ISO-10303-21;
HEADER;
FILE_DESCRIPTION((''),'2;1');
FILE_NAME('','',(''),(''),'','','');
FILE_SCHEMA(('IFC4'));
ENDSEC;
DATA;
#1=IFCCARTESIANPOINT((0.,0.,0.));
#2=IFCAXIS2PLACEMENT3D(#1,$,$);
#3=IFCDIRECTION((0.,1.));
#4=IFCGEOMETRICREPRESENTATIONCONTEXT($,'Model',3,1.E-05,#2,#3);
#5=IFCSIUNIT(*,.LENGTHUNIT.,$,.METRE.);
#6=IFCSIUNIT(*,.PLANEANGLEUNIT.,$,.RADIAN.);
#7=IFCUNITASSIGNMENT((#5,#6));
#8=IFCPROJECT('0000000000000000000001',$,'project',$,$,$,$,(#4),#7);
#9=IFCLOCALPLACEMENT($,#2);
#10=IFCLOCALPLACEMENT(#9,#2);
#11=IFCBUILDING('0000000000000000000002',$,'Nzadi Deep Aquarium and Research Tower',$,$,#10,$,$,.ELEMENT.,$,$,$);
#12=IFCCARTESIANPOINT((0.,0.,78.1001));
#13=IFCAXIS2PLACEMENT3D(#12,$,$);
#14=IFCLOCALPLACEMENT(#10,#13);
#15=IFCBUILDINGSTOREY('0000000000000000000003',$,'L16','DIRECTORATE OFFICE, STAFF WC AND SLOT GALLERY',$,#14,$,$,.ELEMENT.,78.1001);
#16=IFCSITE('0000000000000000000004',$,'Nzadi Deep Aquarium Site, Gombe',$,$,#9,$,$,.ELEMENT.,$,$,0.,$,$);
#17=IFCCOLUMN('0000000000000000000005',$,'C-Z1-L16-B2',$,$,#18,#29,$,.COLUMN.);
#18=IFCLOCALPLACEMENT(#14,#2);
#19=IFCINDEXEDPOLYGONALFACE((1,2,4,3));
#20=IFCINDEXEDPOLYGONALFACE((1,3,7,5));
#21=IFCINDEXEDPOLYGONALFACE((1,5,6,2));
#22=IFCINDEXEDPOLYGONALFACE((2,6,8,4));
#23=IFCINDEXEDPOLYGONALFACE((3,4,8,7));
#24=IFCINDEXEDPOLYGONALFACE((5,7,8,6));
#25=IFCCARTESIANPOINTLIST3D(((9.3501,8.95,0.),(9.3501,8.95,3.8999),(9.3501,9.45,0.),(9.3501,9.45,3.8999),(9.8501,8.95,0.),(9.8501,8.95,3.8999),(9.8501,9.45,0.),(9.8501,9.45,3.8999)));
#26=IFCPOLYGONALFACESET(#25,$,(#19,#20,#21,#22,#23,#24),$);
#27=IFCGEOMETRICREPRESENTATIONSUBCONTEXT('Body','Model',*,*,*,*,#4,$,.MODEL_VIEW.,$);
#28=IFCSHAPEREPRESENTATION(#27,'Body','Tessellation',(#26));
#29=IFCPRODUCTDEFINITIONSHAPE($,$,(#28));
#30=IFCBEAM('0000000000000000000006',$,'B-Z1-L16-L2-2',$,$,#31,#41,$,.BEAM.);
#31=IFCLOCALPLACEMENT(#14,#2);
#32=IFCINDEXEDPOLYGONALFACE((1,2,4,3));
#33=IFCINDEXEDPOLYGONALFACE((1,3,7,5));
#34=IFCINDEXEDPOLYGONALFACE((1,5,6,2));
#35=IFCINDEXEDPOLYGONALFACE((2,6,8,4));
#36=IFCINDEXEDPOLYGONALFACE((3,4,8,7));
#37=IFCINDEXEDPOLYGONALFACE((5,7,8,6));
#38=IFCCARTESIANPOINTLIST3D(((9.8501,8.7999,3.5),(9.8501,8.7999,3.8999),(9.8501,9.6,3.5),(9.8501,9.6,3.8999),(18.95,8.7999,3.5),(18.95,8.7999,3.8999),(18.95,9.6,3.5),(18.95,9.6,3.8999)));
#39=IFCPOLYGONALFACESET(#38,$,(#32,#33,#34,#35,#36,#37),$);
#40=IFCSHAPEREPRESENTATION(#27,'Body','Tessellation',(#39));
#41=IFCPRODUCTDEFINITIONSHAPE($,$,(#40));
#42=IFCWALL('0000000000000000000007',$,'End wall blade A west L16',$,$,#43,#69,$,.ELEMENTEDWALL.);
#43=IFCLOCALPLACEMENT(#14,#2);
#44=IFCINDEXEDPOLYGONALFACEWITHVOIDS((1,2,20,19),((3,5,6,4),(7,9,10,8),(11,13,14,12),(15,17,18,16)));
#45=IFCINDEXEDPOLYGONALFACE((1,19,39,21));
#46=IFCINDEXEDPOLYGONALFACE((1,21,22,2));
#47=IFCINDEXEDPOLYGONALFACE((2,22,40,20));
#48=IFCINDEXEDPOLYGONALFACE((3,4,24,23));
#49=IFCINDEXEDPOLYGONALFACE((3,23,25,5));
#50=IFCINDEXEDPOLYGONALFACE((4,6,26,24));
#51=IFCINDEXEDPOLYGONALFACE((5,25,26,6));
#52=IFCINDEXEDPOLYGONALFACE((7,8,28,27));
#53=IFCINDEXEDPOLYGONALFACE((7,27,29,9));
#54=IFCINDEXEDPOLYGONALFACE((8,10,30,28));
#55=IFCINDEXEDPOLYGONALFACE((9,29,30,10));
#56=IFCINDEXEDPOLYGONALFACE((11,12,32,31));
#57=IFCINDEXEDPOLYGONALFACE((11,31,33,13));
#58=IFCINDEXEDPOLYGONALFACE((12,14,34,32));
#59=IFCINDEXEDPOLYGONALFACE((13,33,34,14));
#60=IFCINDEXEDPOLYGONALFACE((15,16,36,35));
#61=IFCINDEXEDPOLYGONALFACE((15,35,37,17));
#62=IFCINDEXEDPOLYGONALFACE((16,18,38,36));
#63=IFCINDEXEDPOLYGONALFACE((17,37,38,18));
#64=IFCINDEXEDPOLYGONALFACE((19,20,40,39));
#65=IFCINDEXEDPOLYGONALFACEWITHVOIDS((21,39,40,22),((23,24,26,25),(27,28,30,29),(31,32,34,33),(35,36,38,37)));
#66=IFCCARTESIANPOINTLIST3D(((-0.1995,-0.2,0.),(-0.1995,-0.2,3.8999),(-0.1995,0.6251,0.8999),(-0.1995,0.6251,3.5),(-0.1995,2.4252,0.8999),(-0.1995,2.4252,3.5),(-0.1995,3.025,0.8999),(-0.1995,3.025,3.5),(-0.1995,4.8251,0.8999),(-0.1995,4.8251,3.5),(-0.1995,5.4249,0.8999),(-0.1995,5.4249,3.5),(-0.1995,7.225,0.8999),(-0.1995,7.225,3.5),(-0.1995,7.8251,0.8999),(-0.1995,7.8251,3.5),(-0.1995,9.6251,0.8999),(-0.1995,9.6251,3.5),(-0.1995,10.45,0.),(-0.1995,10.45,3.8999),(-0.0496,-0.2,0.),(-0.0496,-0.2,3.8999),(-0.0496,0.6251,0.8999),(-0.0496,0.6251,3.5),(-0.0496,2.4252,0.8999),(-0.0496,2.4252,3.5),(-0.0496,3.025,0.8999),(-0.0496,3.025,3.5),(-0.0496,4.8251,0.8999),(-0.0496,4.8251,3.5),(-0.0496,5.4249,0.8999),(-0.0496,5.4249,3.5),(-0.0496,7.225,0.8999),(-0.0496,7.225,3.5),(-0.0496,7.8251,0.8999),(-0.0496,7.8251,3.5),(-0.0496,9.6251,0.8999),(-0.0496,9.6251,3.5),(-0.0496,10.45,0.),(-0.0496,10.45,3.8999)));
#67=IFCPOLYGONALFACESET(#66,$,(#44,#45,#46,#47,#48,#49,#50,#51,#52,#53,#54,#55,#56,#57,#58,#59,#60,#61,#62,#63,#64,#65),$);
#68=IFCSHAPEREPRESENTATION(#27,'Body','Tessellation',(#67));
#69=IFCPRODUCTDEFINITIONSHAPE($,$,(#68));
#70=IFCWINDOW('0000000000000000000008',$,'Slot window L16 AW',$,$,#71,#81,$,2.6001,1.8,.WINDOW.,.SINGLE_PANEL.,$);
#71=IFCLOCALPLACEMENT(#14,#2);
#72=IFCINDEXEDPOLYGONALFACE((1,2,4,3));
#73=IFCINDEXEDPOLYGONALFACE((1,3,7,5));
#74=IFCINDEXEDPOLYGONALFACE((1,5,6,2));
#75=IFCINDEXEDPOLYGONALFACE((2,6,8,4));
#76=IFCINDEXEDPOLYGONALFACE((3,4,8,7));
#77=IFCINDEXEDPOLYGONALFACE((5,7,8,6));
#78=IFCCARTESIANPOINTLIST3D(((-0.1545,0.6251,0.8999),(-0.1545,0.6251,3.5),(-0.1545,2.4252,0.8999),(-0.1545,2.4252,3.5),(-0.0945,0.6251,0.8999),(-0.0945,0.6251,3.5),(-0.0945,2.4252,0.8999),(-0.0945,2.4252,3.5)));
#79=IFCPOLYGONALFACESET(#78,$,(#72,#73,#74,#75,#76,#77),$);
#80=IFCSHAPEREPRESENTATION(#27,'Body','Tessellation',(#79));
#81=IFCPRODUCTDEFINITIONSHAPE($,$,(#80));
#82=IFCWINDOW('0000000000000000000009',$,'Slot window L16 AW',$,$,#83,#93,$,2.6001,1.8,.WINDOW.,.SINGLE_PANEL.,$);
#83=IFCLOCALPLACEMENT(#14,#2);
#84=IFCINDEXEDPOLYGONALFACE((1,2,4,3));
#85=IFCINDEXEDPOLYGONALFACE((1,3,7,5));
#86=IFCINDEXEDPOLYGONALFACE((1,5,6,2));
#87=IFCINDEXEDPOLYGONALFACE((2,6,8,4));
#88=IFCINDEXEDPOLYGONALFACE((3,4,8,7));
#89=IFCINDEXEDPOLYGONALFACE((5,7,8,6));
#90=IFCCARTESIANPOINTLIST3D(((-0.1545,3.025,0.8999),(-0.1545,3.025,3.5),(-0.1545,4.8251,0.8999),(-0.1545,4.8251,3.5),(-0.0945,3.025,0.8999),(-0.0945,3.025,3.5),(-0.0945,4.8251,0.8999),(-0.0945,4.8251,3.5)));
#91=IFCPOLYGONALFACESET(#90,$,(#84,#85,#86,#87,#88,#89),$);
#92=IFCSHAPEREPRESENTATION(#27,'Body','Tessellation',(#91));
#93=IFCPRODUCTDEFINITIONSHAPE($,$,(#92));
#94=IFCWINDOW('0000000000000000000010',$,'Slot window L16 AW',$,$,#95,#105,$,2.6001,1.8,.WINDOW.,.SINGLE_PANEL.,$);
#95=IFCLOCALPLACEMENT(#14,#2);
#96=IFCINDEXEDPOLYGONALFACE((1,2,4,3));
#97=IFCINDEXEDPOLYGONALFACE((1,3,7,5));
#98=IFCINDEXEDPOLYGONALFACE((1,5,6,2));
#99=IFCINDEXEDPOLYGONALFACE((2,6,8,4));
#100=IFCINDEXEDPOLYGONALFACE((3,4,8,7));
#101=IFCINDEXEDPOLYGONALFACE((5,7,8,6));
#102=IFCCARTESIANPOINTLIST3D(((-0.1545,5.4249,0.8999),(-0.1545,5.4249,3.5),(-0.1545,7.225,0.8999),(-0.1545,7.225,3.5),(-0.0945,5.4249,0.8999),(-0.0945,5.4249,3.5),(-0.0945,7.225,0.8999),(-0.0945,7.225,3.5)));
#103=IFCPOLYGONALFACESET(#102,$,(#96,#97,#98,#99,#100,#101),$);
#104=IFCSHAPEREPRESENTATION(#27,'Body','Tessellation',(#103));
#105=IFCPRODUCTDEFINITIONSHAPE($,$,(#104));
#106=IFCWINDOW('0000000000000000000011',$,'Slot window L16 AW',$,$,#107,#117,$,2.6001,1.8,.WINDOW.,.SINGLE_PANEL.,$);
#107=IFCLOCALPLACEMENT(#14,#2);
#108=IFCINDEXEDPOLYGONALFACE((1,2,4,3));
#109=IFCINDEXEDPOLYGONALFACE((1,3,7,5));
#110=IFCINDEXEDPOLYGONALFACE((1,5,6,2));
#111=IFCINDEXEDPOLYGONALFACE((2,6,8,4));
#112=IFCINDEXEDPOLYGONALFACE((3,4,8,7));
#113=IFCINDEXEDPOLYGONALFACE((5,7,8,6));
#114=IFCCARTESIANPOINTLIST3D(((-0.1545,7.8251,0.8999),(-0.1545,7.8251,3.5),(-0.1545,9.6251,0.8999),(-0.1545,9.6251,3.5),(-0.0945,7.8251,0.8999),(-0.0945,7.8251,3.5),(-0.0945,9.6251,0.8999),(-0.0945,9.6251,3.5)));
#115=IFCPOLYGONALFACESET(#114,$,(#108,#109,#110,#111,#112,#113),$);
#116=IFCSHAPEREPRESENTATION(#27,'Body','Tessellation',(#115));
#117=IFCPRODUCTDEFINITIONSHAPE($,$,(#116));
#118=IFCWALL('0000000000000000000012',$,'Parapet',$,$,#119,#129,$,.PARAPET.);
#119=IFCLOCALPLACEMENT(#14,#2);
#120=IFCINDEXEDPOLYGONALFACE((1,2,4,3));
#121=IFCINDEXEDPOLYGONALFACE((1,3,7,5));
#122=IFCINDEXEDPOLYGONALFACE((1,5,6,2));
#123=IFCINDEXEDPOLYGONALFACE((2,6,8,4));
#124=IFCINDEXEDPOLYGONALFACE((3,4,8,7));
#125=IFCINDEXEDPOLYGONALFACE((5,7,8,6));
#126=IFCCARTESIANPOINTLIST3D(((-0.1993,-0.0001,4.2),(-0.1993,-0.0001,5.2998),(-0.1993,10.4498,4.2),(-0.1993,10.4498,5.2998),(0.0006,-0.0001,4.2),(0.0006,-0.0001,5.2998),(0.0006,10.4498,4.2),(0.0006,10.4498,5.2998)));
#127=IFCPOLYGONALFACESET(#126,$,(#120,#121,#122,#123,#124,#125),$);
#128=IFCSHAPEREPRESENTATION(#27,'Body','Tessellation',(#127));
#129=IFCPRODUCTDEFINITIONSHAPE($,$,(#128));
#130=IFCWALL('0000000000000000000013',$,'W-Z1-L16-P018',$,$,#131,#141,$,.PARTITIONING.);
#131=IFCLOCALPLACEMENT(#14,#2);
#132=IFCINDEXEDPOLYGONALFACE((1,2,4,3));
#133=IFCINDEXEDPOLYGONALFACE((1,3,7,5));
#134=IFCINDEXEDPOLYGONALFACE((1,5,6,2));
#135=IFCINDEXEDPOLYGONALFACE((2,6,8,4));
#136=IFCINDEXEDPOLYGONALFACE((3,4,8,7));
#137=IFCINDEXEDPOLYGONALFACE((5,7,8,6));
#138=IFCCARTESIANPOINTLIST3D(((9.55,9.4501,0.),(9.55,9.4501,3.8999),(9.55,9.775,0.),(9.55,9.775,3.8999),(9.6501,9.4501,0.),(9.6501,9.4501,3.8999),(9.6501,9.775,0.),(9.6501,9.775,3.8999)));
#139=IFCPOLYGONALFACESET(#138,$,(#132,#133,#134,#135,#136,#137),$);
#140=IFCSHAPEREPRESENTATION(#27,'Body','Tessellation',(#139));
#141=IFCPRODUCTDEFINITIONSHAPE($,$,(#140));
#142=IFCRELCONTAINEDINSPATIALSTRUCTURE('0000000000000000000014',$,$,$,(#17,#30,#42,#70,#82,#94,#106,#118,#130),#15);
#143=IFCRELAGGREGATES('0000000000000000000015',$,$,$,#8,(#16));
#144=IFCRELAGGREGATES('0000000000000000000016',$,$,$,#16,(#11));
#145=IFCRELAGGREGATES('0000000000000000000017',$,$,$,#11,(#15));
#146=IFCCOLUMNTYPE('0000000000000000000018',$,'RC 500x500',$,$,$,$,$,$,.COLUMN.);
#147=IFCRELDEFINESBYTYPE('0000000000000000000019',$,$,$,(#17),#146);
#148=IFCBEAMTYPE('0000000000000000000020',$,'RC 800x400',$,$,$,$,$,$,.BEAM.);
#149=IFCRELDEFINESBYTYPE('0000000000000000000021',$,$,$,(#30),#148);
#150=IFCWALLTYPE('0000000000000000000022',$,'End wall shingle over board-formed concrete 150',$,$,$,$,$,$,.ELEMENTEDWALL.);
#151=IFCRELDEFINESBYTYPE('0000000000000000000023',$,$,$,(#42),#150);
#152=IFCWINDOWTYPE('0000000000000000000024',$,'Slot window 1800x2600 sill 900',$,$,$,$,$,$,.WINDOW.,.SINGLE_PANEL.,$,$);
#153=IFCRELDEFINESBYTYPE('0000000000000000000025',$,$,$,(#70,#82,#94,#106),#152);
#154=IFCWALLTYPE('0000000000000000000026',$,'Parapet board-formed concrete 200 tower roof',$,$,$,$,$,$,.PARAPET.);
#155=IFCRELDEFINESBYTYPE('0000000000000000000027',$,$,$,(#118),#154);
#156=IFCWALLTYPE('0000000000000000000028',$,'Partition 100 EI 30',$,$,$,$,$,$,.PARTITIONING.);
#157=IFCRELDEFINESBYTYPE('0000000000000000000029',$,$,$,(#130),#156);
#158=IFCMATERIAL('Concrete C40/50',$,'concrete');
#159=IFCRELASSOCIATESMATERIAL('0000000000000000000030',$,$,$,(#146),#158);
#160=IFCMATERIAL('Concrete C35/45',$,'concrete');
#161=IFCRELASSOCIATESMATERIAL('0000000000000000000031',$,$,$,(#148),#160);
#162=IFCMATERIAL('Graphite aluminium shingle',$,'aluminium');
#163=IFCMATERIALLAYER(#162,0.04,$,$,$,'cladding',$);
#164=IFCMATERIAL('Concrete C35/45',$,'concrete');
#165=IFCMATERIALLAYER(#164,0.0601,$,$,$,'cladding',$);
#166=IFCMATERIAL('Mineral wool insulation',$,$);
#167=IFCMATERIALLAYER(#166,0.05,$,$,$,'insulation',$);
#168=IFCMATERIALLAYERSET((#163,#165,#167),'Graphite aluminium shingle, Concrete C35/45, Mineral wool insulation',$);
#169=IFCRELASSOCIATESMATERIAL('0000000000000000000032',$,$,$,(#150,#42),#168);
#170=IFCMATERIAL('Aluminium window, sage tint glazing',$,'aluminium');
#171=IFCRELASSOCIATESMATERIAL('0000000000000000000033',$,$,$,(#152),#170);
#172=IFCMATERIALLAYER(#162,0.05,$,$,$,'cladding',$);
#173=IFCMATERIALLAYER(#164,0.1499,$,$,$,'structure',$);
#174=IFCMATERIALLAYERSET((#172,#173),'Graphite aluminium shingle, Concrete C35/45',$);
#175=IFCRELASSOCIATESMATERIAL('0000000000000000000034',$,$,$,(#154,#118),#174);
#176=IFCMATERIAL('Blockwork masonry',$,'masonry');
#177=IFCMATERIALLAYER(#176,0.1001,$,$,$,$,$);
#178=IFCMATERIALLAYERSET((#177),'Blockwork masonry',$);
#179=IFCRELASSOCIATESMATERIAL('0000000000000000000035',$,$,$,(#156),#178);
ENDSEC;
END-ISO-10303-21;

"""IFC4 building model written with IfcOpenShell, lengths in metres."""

from ifc_helpers import new_model, si_unit, direction, frame, frame_2d, origin, origin_2d, place, context, subcontext, project, spatial, rectangle, extrude, material, layer, layer_set, layer_usage, material_profile, profile_set, type_object, element, fill, save


model = new_model("IFC4")

# Units and contexts
model_context = context("Model", 3, precision=1e-05, world=origin(), true_north=direction((0.0, 1.0)))
body_context = subcontext(model_context, "Body", "Model", "MODEL_VIEW")
ifc_project = project(units=[si_unit("LENGTHUNIT", "METRE"), si_unit("PLANEANGLEUNIT", "RADIAN")], contexts=[model_context])

# Site, building, storey
site_placement = place(None, origin())
site = spatial("IfcSite", under=ifc_project, at=site_placement, Name="Nzadi Deep Aquarium Site, Gombe", CompositionType="ELEMENT", RefElevation=0.0)
building_placement = place(site_placement, origin())
building = spatial("IfcBuilding", under=site, at=building_placement, Name="Nzadi Deep Aquarium and Research Tower", CompositionType="ELEMENT")
storey_placement = place(building_placement, frame((0.0, 0.0, 78.1001)))
storey = spatial("IfcBuildingStorey", under=building, at=storey_placement, Name="L16", Description="DIRECTORATE OFFICE, STAFF WC AND SLOT GALLERY", CompositionType="ELEMENT", Elevation=78.1001)

# Column
ifc_material_1 = material(Name="Concrete C40/50", Category="concrete")
ifc_material_profile_1 = material_profile(ifc_material_1, rectangle(XDim=0.5, YDim=0.5, at=origin_2d()))
ifc_profile_set_1 = profile_set([ifc_material_profile_1], Name="Concrete C40/50")
column_type = type_object("IfcColumnType", Name="RC 500x500", PredefinedType="COLUMN", material=ifc_profile_set_1)
column_placement = place(storey_placement, frame((9.6001, 9.2, 0.0), z_axis=(0.0, 0.0, 1.0), x_axis=(1.0, 0.0, 0.0)))
element("IfcColumn", 1, at=column_placement, inside=storey, type_object=column_type, Name="C-Z1-L16-B2", PredefinedType="COLUMN", context=body_context, shape_type="SweptSolid", body=[
    extrude(rectangle(XDim=0.5, YDim=0.5, at=origin_2d()), origin(), (0.0, 0.0, 1.0), 3.8999),
])

# Beam
ifc_material_2 = material(Name="Concrete C35/45", Category="concrete")
ifc_material_profile_2 = material_profile(ifc_material_2, rectangle(XDim=0.8, YDim=0.3999, at=origin_2d()))
ifc_profile_set_2 = profile_set([ifc_material_profile_2], Name="Concrete C35/45")
beam_type = type_object("IfcBeamType", Name="RC 800x400", PredefinedType="BEAM", material=ifc_profile_set_2)
beam_placement = place(storey_placement, frame((9.8501, 9.2, 3.7), z_axis=(1.0, 0.0, 0.0), x_axis=(0.0, 1.0, 0.0)))
element("IfcBeam", 2, at=beam_placement, inside=storey, type_object=beam_type, Name="B-Z1-L16-L2-2", PredefinedType="BEAM", context=body_context, shape_type="SweptSolid", body=[
    extrude(rectangle(XDim=0.8, YDim=0.3999, at=origin_2d()), origin(), (0.0, 0.0, 1.0), 9.0999),
])

# Wall, openings, windows
ifc_material_3 = material(Name="Graphite aluminium shingle", Category="aluminium")
ifc_layer_1 = layer(ifc_material_3, 0.04, Category="cladding")
ifc_material_4 = material(Name="Concrete C35/45", Category="concrete")
ifc_layer_2 = layer(ifc_material_4, 0.0601, Category="cladding")
ifc_material_5 = material(Name="Mineral wool insulation")
ifc_layer_3 = layer(ifc_material_5, 0.05, Category="insulation")
ifc_layer_set_1 = layer_set([ifc_layer_1, ifc_layer_2, ifc_layer_3], Name="Graphite aluminium shingle, Concrete C35/45, Mineral wool insulation")
ifc_layer_usage_1 = layer_usage(ifc_layer_set_1, "AXIS2", "POSITIVE", -0.075)
wall_type_1 = type_object("IfcWallType", Name="End wall shingle over board-formed concrete 150", PredefinedType="ELEMENTEDWALL", material=ifc_layer_set_1)
wall_1_placement = place(storey_placement, frame((-0.1245, 10.45, 0.0), z_axis=(0.0, 0.0, 1.0), x_axis=(0.0, -1.0, 0.0)))
wall_1 = element("IfcWall", 3, at=wall_1_placement, inside=storey, type_object=wall_type_1, material=ifc_layer_usage_1, Name="End wall blade A west L16", PredefinedType="ELEMENTEDWALL", context=body_context, shape_type="SweptSolid", body=[
    extrude(rectangle(XDim=10.6499, YDim=0.1499, at=frame_2d((5.325, 0.0))), origin(), (0.0, 0.0, 1.0), 3.8999),
])
opening_1_placement = place(wall_1_placement, frame((8.0249, 0.0, 0.8999)))
opening_1 = element("IfcOpeningElement", 4, at=opening_1_placement, cuts=wall_1, PredefinedType="OPENING", context=body_context, shape_type="SweptSolid", body=[
    extrude(rectangle(XDim=1.8, YDim=2.6001, at=frame_2d((0.8999, 1.3))), frame((0.0, 0.085, 0.0), z_axis=(0.0, -1.0, 0.0), x_axis=(1.0, 0.0, 0.0)), (0.0, 0.0, 1.0), 0.1699),
])
opening_2_placement = place(wall_1_placement, frame((5.625, 0.0, 0.8999)))
opening_2 = element("IfcOpeningElement", 5, at=opening_2_placement, cuts=wall_1, PredefinedType="OPENING", context=body_context, shape_type="SweptSolid", body=[
    extrude(rectangle(XDim=1.8, YDim=2.6001, at=frame_2d((0.8999, 1.3))), frame((0.0, 0.085, 0.0), z_axis=(0.0, -1.0, 0.0), x_axis=(1.0, 0.0, 0.0)), (0.0, 0.0, 1.0), 0.1699),
])
opening_3_placement = place(wall_1_placement, frame((3.2251, 0.0, 0.8999)))
opening_3 = element("IfcOpeningElement", 6, at=opening_3_placement, cuts=wall_1, PredefinedType="OPENING", context=body_context, shape_type="SweptSolid", body=[
    extrude(rectangle(XDim=1.8, YDim=2.6001, at=frame_2d((0.8999, 1.3))), frame((0.0, 0.085, 0.0), z_axis=(0.0, -1.0, 0.0), x_axis=(1.0, 0.0, 0.0)), (0.0, 0.0, 1.0), 0.1699),
])
opening_4_placement = place(wall_1_placement, frame((0.825, 0.0, 0.8999)))
opening_4 = element("IfcOpeningElement", 7, at=opening_4_placement, cuts=wall_1, PredefinedType="OPENING", context=body_context, shape_type="SweptSolid", body=[
    extrude(rectangle(XDim=1.8, YDim=2.6001, at=frame_2d((0.8999, 1.3))), frame((0.0, 0.085, 0.0), z_axis=(0.0, -1.0, 0.0), x_axis=(1.0, 0.0, 0.0)), (0.0, 0.0, 1.0), 0.1699),
])
ifc_material_6 = material(Name="Aluminium window, sage tint glazing", Category="aluminium")
window_type = type_object("IfcWindowType", Name="Slot window 1800x2600 sill 900", PartitioningType="SINGLE_PANEL", PredefinedType="WINDOW", material=ifc_material_6)
window_1_placement = place(opening_1_placement, origin())
window_1 = element("IfcWindow", 8, at=window_1_placement, inside=storey, type_object=window_type, Name="Slot window L16 AW", OverallHeight=2.6001, OverallWidth=1.8, PartitioningType="SINGLE_PANEL", PredefinedType="WINDOW", context=body_context, shape_type="SweptSolid", body=[
    extrude(rectangle(XDim=1.8, YDim=2.6001, at=frame_2d((0.8999, 1.3))), frame((0.0, 0.03, 0.0), z_axis=(0.0, -1.0, 0.0), x_axis=(1.0, 0.0, 0.0)), (0.0, 0.0, 1.0), 0.0601),
])
fill(opening_1, window_1)
window_2_placement = place(opening_2_placement, origin())
window_2 = element("IfcWindow", 9, at=window_2_placement, inside=storey, type_object=window_type, Name="Slot window L16 AW", OverallHeight=2.6001, OverallWidth=1.8, PartitioningType="SINGLE_PANEL", PredefinedType="WINDOW", context=body_context, shape_type="SweptSolid", body=[
    extrude(rectangle(XDim=1.8, YDim=2.6001, at=frame_2d((0.8999, 1.3))), frame((0.0, 0.03, 0.0), z_axis=(0.0, -1.0, 0.0), x_axis=(1.0, 0.0, 0.0)), (0.0, 0.0, 1.0), 0.0601),
])
fill(opening_2, window_2)
window_3_placement = place(opening_3_placement, origin())
window_3 = element("IfcWindow", 10, at=window_3_placement, inside=storey, type_object=window_type, Name="Slot window L16 AW", OverallHeight=2.6001, OverallWidth=1.8, PartitioningType="SINGLE_PANEL", PredefinedType="WINDOW", context=body_context, shape_type="SweptSolid", body=[
    extrude(rectangle(XDim=1.8, YDim=2.6001, at=frame_2d((0.8999, 1.3))), frame((0.0, 0.03, 0.0), z_axis=(0.0, -1.0, 0.0), x_axis=(1.0, 0.0, 0.0)), (0.0, 0.0, 1.0), 0.0601),
])
fill(opening_3, window_3)
window_4_placement = place(opening_4_placement, origin())
window_4 = element("IfcWindow", 11, at=window_4_placement, inside=storey, type_object=window_type, Name="Slot window L16 AW", OverallHeight=2.6001, OverallWidth=1.8, PartitioningType="SINGLE_PANEL", PredefinedType="WINDOW", context=body_context, shape_type="SweptSolid", body=[
    extrude(rectangle(XDim=1.8, YDim=2.6001, at=frame_2d((0.8999, 1.3))), frame((0.0, 0.03, 0.0), z_axis=(0.0, -1.0, 0.0), x_axis=(1.0, 0.0, 0.0)), (0.0, 0.0, 1.0), 0.0601),
])
fill(opening_4, window_4)

# Walls
ifc_layer_4 = layer(ifc_material_3, 0.05, Category="cladding")
ifc_layer_5 = layer(ifc_material_4, 0.1499, Category="structure")
ifc_layer_set_2 = layer_set([ifc_layer_4, ifc_layer_5], Name="Graphite aluminium shingle, Concrete C35/45")
ifc_layer_usage_2 = layer_usage(ifc_layer_set_2, "AXIS2", "POSITIVE", -0.1)
wall_type_2 = type_object("IfcWallType", Name="Parapet board-formed concrete 200 tower roof", PredefinedType="PARAPET", material=ifc_layer_set_2)
wall_2_placement = place(storey_placement, frame((-0.0994, 10.45, 4.2), z_axis=(0.0, 0.0, 1.0), x_axis=(0.0, -1.0, 0.0)))
element("IfcWall", 12, at=wall_2_placement, inside=storey, type_object=wall_type_2, material=ifc_layer_usage_2, Name="Parapet", PredefinedType="PARAPET", context=body_context, shape_type="SweptSolid", body=[
    extrude(rectangle(XDim=10.45, YDim=0.2, at=frame_2d((5.2251, 0.0))), origin(), (0.0, 0.0, 1.0), 1.0999),
])
ifc_material_7 = material(Name="Blockwork masonry", Category="masonry")
ifc_layer_6 = layer(ifc_material_7, 0.1001)
ifc_layer_set_3 = layer_set([ifc_layer_6], Name="Blockwork masonry")
wall_type_3 = type_object("IfcWallType", Name="Partition 100 EI 30", PredefinedType="PARTITIONING", material=ifc_layer_set_3)
wall_3_placement = place(storey_placement, frame((9.6001, 9.45, 0.0), z_axis=(0.0, 0.0, 1.0), x_axis=(0.0, 1.0, 0.0)))
element("IfcWall", 13, at=wall_3_placement, inside=storey, type_object=wall_type_3, Name="W-Z1-L16-P018", PredefinedType="PARTITIONING", context=body_context, shape_type="SweptSolid", body=[
    extrude(rectangle(XDim=0.325, YDim=0.1001, at=frame_2d((0.1626, 0.0))), origin(), (0.0, 0.0, 1.0), 3.8999),
])

save(model, "model.ifc")
